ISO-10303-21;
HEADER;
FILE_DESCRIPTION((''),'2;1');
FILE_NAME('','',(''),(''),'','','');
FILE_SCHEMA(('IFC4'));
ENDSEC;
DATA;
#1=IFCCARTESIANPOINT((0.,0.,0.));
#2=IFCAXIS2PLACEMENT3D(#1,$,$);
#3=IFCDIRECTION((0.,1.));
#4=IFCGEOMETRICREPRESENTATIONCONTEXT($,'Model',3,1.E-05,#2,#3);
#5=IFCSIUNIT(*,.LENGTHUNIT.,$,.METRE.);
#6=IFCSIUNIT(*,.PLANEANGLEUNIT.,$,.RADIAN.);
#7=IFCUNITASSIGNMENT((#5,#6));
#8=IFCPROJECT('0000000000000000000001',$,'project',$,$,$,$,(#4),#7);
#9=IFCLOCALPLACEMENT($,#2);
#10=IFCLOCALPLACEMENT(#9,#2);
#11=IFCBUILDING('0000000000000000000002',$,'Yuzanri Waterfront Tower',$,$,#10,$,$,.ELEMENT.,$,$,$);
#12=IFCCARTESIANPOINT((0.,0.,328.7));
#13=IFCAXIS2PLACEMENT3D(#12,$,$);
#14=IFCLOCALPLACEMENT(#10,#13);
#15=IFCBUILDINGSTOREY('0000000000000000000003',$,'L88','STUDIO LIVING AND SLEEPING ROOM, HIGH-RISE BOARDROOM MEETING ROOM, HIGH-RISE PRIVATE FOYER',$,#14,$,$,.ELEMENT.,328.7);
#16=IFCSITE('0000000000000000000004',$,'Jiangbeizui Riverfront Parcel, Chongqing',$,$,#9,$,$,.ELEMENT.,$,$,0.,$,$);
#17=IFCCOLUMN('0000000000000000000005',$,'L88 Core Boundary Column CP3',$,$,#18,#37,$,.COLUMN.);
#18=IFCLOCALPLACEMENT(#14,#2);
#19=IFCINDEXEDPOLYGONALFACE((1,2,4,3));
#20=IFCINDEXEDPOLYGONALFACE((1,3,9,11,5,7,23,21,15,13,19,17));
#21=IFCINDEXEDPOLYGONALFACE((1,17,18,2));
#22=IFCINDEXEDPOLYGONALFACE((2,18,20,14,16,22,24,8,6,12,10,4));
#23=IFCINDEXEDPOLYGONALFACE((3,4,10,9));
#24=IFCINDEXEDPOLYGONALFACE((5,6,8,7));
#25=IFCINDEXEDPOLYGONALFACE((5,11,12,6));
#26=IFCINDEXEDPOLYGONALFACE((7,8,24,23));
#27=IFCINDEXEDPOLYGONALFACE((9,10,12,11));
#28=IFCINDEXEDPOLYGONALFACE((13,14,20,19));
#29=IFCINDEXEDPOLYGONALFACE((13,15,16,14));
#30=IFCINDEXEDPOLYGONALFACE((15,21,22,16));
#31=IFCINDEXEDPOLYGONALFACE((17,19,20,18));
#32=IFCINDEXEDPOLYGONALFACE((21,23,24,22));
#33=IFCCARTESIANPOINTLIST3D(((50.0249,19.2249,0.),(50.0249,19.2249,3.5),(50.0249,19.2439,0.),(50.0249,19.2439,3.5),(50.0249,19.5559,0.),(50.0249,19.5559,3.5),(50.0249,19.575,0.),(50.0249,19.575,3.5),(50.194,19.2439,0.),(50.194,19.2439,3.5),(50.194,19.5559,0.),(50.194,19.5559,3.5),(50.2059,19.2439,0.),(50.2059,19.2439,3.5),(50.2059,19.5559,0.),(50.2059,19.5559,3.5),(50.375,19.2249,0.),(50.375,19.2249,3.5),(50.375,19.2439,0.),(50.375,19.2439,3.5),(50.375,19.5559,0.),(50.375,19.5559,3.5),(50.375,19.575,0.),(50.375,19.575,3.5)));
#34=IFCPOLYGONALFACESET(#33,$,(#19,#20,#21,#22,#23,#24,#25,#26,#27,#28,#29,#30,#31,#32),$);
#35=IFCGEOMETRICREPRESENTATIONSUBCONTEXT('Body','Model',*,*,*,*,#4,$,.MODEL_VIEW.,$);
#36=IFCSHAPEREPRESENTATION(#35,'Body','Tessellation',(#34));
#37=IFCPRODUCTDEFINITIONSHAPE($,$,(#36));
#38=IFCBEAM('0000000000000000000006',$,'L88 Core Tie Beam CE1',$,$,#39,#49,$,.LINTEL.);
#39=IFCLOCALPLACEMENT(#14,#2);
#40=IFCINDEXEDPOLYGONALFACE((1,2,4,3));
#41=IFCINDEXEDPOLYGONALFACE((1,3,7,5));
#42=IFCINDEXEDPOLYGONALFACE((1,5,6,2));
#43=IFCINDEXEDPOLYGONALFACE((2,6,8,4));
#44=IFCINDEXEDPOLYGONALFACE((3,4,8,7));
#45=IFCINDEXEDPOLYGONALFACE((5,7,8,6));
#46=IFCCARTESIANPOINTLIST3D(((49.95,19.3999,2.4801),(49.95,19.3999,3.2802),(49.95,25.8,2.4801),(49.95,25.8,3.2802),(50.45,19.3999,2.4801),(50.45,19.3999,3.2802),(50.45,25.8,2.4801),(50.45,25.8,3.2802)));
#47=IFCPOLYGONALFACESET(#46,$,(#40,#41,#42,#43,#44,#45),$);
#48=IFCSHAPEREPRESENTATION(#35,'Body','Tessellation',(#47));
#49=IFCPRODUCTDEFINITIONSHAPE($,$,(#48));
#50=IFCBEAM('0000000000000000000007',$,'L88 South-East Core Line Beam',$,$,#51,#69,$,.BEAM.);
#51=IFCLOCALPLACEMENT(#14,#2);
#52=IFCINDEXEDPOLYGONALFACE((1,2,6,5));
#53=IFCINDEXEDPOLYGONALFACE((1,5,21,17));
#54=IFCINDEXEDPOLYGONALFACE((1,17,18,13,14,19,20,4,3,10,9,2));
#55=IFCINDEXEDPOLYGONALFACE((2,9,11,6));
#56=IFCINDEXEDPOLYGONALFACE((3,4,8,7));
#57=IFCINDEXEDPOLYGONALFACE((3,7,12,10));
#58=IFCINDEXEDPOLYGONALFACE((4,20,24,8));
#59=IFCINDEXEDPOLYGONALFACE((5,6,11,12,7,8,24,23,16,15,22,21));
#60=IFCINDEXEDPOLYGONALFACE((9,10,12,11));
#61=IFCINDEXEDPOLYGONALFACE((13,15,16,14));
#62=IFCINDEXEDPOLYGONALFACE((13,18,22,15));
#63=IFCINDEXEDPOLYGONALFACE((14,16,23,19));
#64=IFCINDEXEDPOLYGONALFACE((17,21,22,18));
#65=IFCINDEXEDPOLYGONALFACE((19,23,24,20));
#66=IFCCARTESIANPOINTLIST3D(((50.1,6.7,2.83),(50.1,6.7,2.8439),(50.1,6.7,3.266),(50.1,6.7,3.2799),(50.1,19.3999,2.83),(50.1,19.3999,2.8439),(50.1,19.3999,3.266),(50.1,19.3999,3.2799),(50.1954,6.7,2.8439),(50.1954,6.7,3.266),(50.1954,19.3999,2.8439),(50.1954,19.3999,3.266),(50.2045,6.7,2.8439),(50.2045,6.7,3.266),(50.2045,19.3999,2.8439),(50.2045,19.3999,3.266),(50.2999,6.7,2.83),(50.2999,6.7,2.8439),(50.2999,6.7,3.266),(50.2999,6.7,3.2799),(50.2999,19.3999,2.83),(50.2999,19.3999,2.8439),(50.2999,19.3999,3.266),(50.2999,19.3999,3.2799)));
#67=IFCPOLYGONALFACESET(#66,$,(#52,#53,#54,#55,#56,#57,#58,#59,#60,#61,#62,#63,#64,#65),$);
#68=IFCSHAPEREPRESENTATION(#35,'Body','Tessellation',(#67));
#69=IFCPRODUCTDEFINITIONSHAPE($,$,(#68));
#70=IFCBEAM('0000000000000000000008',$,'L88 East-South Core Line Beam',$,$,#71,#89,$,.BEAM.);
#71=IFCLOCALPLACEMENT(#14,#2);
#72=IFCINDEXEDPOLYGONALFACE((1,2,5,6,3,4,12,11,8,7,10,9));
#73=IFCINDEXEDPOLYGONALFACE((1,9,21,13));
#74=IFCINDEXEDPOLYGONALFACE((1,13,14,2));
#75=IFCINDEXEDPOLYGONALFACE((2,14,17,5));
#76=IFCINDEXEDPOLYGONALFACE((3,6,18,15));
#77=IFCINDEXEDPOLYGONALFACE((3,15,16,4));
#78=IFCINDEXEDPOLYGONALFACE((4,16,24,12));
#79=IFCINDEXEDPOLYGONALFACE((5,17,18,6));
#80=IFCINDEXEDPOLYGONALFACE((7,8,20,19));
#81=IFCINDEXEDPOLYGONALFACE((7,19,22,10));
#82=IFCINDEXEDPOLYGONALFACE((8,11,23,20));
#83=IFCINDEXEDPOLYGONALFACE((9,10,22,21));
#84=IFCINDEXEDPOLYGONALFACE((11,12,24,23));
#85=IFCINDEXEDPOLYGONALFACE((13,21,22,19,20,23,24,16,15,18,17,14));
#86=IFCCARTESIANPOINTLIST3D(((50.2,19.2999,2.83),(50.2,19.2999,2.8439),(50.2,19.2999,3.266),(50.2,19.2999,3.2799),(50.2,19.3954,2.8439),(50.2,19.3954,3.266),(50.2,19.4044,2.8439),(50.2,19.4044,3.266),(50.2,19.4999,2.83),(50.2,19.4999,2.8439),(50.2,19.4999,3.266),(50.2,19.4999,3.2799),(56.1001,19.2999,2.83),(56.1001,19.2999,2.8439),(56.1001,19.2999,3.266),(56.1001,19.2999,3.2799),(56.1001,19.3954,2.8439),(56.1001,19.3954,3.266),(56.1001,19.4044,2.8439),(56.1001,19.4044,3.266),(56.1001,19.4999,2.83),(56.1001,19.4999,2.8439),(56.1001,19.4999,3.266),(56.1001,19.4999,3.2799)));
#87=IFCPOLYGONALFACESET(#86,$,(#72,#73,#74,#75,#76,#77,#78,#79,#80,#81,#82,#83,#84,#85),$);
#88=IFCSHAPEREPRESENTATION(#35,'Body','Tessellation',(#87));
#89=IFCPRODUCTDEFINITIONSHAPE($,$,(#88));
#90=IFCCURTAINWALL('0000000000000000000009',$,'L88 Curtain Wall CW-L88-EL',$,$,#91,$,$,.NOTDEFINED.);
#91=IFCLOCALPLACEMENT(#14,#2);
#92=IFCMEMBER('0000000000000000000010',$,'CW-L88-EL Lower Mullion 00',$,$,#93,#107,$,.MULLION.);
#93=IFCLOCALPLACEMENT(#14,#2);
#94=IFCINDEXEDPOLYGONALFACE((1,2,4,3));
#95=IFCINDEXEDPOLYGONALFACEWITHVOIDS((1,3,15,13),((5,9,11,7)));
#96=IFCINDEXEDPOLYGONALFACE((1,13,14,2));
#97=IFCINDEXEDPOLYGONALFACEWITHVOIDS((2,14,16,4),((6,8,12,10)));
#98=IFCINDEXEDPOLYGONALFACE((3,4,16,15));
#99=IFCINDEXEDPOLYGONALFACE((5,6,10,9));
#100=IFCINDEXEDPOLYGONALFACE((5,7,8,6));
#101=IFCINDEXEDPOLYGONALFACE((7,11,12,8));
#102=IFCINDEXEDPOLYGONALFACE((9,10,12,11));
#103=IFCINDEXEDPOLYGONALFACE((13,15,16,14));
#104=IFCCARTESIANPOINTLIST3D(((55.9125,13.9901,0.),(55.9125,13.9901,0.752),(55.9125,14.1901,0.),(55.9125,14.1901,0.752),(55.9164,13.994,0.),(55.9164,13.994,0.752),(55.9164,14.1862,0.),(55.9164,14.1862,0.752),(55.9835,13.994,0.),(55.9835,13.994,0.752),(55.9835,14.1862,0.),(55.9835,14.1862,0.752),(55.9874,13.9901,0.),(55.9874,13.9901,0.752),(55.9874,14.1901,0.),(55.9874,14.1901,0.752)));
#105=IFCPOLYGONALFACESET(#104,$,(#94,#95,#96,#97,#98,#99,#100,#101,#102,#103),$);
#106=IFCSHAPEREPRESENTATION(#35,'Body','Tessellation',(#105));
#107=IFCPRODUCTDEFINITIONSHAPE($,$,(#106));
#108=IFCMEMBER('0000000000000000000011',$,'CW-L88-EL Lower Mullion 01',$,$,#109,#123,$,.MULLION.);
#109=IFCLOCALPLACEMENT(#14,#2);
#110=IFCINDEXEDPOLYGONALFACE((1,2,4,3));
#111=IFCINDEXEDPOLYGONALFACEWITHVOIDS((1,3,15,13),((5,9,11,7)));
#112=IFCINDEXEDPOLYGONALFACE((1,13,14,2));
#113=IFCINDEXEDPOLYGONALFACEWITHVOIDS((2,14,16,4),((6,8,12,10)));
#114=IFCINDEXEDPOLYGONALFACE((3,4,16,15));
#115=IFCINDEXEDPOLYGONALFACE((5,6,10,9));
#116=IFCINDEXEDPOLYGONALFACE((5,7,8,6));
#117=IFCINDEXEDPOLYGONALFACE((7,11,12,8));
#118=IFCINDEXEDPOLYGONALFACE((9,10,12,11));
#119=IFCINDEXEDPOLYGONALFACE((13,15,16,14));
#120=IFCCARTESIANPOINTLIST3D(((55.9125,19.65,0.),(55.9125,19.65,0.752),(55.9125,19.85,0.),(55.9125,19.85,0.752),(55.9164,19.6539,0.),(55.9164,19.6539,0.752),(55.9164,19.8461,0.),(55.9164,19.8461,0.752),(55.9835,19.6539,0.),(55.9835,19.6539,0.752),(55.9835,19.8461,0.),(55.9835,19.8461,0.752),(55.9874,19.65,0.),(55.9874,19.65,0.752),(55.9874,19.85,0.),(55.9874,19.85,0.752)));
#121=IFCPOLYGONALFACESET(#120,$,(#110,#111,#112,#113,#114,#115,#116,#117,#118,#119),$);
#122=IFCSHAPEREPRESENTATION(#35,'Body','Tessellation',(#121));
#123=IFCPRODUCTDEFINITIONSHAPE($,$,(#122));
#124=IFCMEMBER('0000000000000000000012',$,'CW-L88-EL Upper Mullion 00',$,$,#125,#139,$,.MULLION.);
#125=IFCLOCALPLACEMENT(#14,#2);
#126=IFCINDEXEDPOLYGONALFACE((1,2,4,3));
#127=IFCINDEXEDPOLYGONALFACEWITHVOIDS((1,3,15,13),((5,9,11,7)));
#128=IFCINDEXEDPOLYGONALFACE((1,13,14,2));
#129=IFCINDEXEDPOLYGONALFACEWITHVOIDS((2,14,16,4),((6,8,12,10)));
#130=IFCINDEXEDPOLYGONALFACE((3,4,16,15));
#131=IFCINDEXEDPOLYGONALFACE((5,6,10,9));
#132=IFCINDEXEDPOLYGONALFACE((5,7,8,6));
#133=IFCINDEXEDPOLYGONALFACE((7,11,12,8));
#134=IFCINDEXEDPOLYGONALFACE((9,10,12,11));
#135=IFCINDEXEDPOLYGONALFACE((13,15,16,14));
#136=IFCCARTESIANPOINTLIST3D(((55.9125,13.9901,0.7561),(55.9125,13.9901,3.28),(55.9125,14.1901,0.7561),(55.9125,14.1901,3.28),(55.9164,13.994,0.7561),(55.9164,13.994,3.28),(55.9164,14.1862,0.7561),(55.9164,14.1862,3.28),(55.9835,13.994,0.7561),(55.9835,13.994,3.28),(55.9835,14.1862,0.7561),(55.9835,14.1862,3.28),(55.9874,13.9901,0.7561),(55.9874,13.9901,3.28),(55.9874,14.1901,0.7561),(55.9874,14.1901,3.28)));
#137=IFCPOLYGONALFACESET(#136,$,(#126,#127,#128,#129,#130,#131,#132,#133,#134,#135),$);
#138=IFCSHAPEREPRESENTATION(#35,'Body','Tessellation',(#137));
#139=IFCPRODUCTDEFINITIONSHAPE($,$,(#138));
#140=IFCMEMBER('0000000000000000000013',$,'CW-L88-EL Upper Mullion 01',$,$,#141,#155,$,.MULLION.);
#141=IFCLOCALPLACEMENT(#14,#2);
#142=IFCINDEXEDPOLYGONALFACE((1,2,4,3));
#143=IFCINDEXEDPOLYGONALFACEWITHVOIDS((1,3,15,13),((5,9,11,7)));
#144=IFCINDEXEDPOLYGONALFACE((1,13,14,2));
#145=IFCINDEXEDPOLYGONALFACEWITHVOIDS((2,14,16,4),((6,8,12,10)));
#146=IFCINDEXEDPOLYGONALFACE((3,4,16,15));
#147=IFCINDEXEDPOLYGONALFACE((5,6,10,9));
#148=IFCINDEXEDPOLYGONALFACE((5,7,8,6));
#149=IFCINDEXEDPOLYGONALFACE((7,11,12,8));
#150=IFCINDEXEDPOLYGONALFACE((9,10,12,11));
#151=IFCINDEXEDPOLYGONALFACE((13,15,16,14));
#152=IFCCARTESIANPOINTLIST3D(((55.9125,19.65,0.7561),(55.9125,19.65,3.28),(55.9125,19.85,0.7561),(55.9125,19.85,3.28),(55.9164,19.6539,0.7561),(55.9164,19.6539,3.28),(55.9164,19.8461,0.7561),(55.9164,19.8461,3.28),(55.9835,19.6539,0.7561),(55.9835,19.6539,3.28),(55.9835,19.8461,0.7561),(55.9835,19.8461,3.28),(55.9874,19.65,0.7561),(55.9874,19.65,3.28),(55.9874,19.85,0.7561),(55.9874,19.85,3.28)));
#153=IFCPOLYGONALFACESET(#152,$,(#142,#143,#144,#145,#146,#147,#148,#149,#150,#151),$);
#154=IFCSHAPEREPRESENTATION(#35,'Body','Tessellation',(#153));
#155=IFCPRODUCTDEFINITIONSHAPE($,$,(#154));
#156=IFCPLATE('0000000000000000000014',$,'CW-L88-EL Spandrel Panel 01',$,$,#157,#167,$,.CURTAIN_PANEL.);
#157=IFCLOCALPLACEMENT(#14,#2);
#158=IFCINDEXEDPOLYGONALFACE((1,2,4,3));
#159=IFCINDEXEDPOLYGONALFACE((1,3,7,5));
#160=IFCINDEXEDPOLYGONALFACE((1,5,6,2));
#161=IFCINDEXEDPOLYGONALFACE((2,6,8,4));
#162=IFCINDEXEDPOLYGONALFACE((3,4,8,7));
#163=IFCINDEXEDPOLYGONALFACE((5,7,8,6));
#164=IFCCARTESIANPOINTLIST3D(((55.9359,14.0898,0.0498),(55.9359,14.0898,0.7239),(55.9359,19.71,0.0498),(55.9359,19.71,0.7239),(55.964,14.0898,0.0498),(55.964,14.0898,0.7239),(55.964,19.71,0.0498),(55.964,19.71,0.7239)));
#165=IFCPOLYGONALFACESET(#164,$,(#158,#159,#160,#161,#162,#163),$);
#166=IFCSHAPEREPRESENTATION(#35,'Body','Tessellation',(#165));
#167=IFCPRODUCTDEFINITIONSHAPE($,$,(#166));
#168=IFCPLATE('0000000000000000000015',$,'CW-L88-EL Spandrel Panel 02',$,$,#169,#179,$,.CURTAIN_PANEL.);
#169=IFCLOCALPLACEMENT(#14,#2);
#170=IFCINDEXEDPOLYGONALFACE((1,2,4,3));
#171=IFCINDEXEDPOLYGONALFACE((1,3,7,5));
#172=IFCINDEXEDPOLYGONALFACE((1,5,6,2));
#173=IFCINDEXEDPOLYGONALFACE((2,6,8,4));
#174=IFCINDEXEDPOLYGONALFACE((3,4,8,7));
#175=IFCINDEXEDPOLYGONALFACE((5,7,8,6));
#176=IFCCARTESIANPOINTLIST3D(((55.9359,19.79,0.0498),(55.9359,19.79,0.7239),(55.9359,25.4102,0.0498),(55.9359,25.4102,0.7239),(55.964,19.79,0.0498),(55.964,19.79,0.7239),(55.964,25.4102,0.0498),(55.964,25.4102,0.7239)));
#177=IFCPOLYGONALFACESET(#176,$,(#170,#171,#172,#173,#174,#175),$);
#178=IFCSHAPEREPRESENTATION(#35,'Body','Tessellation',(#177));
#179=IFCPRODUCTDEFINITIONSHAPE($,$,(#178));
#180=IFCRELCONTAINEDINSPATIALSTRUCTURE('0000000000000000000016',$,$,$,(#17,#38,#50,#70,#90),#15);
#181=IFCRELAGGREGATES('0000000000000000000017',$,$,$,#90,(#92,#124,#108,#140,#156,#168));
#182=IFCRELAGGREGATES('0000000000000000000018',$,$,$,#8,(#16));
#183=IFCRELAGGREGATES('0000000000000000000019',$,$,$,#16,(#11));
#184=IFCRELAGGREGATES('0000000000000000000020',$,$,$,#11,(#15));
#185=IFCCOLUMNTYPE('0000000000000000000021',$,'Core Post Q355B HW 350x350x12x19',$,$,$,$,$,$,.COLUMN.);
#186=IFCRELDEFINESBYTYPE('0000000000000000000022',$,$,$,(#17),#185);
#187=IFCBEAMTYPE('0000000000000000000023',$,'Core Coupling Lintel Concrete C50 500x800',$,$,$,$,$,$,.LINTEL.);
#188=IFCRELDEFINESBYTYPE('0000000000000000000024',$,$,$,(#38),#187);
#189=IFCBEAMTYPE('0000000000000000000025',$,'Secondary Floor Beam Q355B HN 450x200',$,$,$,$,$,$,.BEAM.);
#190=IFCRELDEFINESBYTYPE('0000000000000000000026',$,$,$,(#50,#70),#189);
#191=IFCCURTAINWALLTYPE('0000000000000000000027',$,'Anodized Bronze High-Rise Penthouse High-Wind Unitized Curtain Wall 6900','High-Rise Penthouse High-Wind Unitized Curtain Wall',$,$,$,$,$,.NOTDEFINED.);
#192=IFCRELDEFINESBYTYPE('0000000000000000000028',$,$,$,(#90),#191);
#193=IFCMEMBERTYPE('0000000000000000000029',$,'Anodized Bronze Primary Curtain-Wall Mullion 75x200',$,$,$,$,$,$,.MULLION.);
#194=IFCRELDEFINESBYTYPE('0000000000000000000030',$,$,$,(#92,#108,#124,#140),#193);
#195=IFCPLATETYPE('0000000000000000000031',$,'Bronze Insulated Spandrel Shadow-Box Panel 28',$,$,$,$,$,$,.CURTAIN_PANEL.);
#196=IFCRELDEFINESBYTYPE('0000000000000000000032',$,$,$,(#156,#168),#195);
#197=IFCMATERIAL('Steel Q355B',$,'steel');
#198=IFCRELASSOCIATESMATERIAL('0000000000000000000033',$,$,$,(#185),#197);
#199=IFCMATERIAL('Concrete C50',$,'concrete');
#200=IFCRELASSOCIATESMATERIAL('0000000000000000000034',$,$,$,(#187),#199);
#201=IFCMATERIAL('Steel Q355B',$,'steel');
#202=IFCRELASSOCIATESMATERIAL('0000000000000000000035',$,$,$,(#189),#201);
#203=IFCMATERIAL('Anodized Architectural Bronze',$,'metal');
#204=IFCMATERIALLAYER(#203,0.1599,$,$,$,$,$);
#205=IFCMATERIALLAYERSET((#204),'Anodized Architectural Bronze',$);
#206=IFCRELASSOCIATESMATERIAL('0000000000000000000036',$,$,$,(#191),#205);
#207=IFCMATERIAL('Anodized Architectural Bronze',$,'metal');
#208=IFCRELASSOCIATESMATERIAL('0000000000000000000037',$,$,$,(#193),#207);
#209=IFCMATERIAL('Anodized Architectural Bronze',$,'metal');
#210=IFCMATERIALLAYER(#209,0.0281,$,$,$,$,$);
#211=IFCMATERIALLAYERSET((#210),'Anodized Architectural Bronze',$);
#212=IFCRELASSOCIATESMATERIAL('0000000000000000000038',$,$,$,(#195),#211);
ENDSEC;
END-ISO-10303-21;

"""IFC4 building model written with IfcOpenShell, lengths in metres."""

from ifc_helpers import new_model, si_unit, direction, frame, origin, origin_2d, place, context, subcontext, project, spatial, rectangle, hollow_rectangle, i_section, extrude, source, transform, mapped, material, layer, layer_set, material_profile, profile_set, type_object, element, aggregate, save


model = new_model("IFC4")

# Units and contexts
model_context = context("Model", 3, precision=1e-05, world=origin(), true_north=direction((0.0, 1.0)))
body_context = subcontext(model_context, "Body", "Model", "MODEL_VIEW")
ifc_project = project(units=[si_unit("LENGTHUNIT", "METRE"), si_unit("PLANEANGLEUNIT", "RADIAN")], contexts=[model_context])

# Site, building, storey
site_placement = place(None, origin())
site = spatial("IfcSite", under=ifc_project, at=site_placement, Name="Jiangbeizui Riverfront Parcel, Chongqing", CompositionType="ELEMENT", RefElevation=0.0)
building_placement = place(site_placement, origin())
building = spatial("IfcBuilding", under=site, at=building_placement, Name="Yuzanri Waterfront Tower", CompositionType="ELEMENT")
storey_placement = place(building_placement, frame((0.0, 0.0, 328.7)))
storey = spatial("IfcBuildingStorey", under=building, at=storey_placement, Name="L88", Description="STUDIO LIVING AND SLEEPING ROOM, HIGH-RISE BOARDROOM MEETING ROOM, HIGH-RISE PRIVATE FOYER", CompositionType="ELEMENT", Elevation=328.7)

# Column
ifc_material_1 = material(Name="Steel Q355B", Category="steel")
ifc_material_profile_1 = material_profile(ifc_material_1, i_section(OverallWidth=0.3501, OverallDepth=0.3501, WebThickness=0.012, FlangeThickness=0.019, at=origin_2d()), Name="HW 350x350x12x19")
ifc_profile_set_1 = profile_set([ifc_material_profile_1], Name="Steel Q355B")
column_type = type_object("IfcColumnType", Name="Core Post Q355B HW 350x350x12x19", PredefinedType="COLUMN", material=ifc_profile_set_1)
shared_shape_1 = source(origin(), body_context, "Body", "SweptSolid", [
    extrude(i_section(OverallWidth=0.3501, OverallDepth=0.3501, WebThickness=0.012, FlangeThickness=0.019, at=origin_2d()), origin(), (0.0, 0.0, 1.0), 3.5),
])
column_placement = place(storey_placement, frame((50.2, 19.3999, 0.0), z_axis=(0.0, 0.0, 1.0), x_axis=(1.0, 0.0, 0.0)))
element("IfcColumn", 1, at=column_placement, inside=storey, type_object=column_type, Name="L88 Core Boundary Column CP3", PredefinedType="COLUMN", context=body_context, shape_type="MappedRepresentation", body=[
    mapped(shared_shape_1, transform((0.0, 0.0, 0.0), scale=1.0)),
])

# Beams
ifc_material_2 = material(Name="Concrete C50", Category="concrete")
ifc_material_profile_2 = material_profile(ifc_material_2, rectangle(XDim=0.5, YDim=0.8, at=origin_2d()), Name="RC 500x800")
ifc_profile_set_2 = profile_set([ifc_material_profile_2], Name="Concrete C50")
beam_type_1 = type_object("IfcBeamType", Name="Core Coupling Lintel Concrete C50 500x800", PredefinedType="LINTEL", material=ifc_profile_set_2)
shared_shape_2 = source(origin(), body_context, "Body", "SweptSolid", [
    extrude(rectangle(XDim=0.5, YDim=0.8, at=origin_2d()), origin(), (0.0, 0.0, 1.0), 6.4001),
])
beam_1_placement = place(storey_placement, frame((50.2, 19.3999, 2.8801), z_axis=(0.0, 1.0, 0.0), x_axis=(-1.0, 0.0, 0.0)))
element("IfcBeam", 2, at=beam_1_placement, inside=storey, type_object=beam_type_1, Name="L88 Core Tie Beam CE1", PredefinedType="LINTEL", context=body_context, shape_type="MappedRepresentation", body=[
    mapped(shared_shape_2, transform((0.0, 0.0, 0.0), scale=1.0)),
])
ifc_material_3 = material(Name="Steel Q355B", Category="steel")
ifc_material_profile_3 = material_profile(ifc_material_3, i_section(OverallWidth=0.2, OverallDepth=0.45, WebThickness=0.009, FlangeThickness=0.0139, at=origin_2d()), Name="HN 450x200x9x14")
ifc_profile_set_3 = profile_set([ifc_material_profile_3], Name="Steel Q355B")
beam_type_2 = type_object("IfcBeamType", Name="Secondary Floor Beam Q355B HN 450x200", PredefinedType="BEAM", material=ifc_profile_set_3)
shared_shape_3 = source(origin(), body_context, "Body", "SweptSolid", [
    extrude(i_section(OverallWidth=0.2, OverallDepth=0.45, WebThickness=0.009, FlangeThickness=0.0139, at=origin_2d()), origin(), (0.0, 0.0, 1.0), 12.7),
])
beam_2_placement = place(storey_placement, frame((50.2, 19.3999, 3.0549), z_axis=(0.0, -1.0, 0.0), x_axis=(1.0, 0.0, 0.0)))
element("IfcBeam", 3, at=beam_2_placement, inside=storey, type_object=beam_type_2, Name="L88 South-East Core Line Beam", PredefinedType="BEAM", context=body_context, shape_type="MappedRepresentation", body=[
    mapped(shared_shape_3, transform((0.0, 0.0, 0.0), scale=1.0)),
])
shared_shape_4 = source(origin(), body_context, "Body", "SweptSolid", [
    extrude(i_section(OverallWidth=0.2, OverallDepth=0.45, WebThickness=0.009, FlangeThickness=0.0139, at=origin_2d()), origin(), (0.0, 0.0, 1.0), 5.9001),
])
beam_3_placement = place(storey_placement, frame((50.2, 19.3999, 3.0549), z_axis=(1.0, 0.0, 0.0), x_axis=(0.0, 1.0, 0.0)))
element("IfcBeam", 4, at=beam_3_placement, inside=storey, type_object=beam_type_2, Name="L88 East-South Core Line Beam", PredefinedType="BEAM", context=body_context, shape_type="MappedRepresentation", body=[
    mapped(shared_shape_4, transform((0.0, 0.0, 0.0), scale=1.0)),
])

# Curtain wall, members, plates
ifc_material_4 = material(Name="Anodized Architectural Bronze", Category="metal")
ifc_layer_1 = layer(ifc_material_4, 0.1599)
ifc_layer_set_1 = layer_set([ifc_layer_1], Name="Anodized Architectural Bronze")
curtain_wall_type = type_object("IfcCurtainWallType", Name="Anodized Bronze High-Rise Penthouse High-Wind Unitized Curtain Wall 6900", Description="High-Rise Penthouse High-Wind Unitized Curtain Wall", PredefinedType="NOTDEFINED", material=ifc_layer_set_1)
curtain_wall_placement = place(storey_placement, origin())
curtain_wall = element("IfcCurtainWall", 5, at=curtain_wall_placement, inside=storey, type_object=curtain_wall_type, Name="L88 Curtain Wall CW-L88-EL", PredefinedType="NOTDEFINED")
ifc_material_5 = material(Name="Anodized Architectural Bronze", Category="metal")
ifc_material_profile_4 = material_profile(ifc_material_5, hollow_rectangle(XDim=0.075, YDim=0.2, WallThickness=0.0039, at=origin_2d()), Name="CWM 75x200")
ifc_profile_set_4 = profile_set([ifc_material_profile_4], Name="Anodized Architectural Bronze")
member_type = type_object("IfcMemberType", Name="Anodized Bronze Primary Curtain-Wall Mullion 75x200", PredefinedType="MULLION", material=ifc_profile_set_4)
shared_shape_5 = source(origin(), body_context, "Body", "SweptSolid", [
    extrude(hollow_rectangle(XDim=0.075, YDim=0.2, WallThickness=0.0039, at=origin_2d()), origin(), (0.0, 0.0, 1.0), 0.752),
])
member_1_placement = place(storey_placement, frame((55.95, 14.0901, 0.0), z_axis=(0.0, 0.0, 1.0), x_axis=(1.0, 0.0, 0.0)))
member_1 = element("IfcMember", 6, at=member_1_placement, type_object=member_type, Name="CW-L88-EL Lower Mullion 00", PredefinedType="MULLION", context=body_context, shape_type="MappedRepresentation", body=[
    mapped(shared_shape_5, transform((0.0, 0.0, 0.0), scale=1.0)),
])
member_2_placement = place(storey_placement, frame((55.95, 19.75, 0.0), z_axis=(0.0, 0.0, 1.0), x_axis=(1.0, 0.0, 0.0)))
member_2 = element("IfcMember", 7, at=member_2_placement, type_object=member_type, Name="CW-L88-EL Lower Mullion 01", PredefinedType="MULLION", context=body_context, shape_type="MappedRepresentation", body=[
    mapped(shared_shape_5, transform((0.0, 0.0, 0.0), scale=1.0)),
])
shared_shape_6 = source(origin(), body_context, "Body", "SweptSolid", [
    extrude(hollow_rectangle(XDim=0.075, YDim=0.2, WallThickness=0.0039, at=origin_2d()), origin(), (0.0, 0.0, 1.0), 2.5239),
])
member_3_placement = place(storey_placement, frame((55.95, 14.0901, 0.7561), z_axis=(0.0, 0.0, 1.0), x_axis=(1.0, 0.0, 0.0)))
member_3 = element("IfcMember", 8, at=member_3_placement, type_object=member_type, Name="CW-L88-EL Upper Mullion 00", PredefinedType="MULLION", context=body_context, shape_type="MappedRepresentation", body=[
    mapped(shared_shape_6, transform((0.0, 0.0, 0.0), scale=1.0)),
])
member_4_placement = place(storey_placement, frame((55.95, 19.75, 0.7561), z_axis=(0.0, 0.0, 1.0), x_axis=(1.0, 0.0, 0.0)))
member_4 = element("IfcMember", 9, at=member_4_placement, type_object=member_type, Name="CW-L88-EL Upper Mullion 01", PredefinedType="MULLION", context=body_context, shape_type="MappedRepresentation", body=[
    mapped(shared_shape_6, transform((0.0, 0.0, 0.0), scale=1.0)),
])
ifc_material_6 = material(Name="Anodized Architectural Bronze", Category="metal")
ifc_layer_2 = layer(ifc_material_6, 0.0281)
ifc_layer_set_2 = layer_set([ifc_layer_2], Name="Anodized Architectural Bronze")
plate_type_1 = type_object("IfcPlateType", Name="Bronze Insulated Spandrel Shadow-Box Panel 28", PredefinedType="CURTAIN_PANEL", material=ifc_layer_set_2)
shared_shape_7 = source(origin(), body_context, "Body", "SweptSolid", [
    extrude(rectangle(XDim=5.6201, YDim=0.0281, at=origin_2d()), origin(), (0.0, 0.0, 1.0), 0.6741),
])
plate_1_placement = place(storey_placement, frame((55.95, 16.8999, 0.0498), z_axis=(0.0, 0.0, 1.0), x_axis=(0.0, 1.0, 0.0)))
plate_1 = element("IfcPlate", 10, at=plate_1_placement, type_object=plate_type_1, Name="CW-L88-EL Spandrel Panel 01", PredefinedType="CURTAIN_PANEL", context=body_context, shape_type="MappedRepresentation", body=[
    mapped(shared_shape_7, transform((0.0, 0.0, 0.0), scale=1.0)),
])
plate_2_placement = place(storey_placement, frame((55.95, 22.6001, 0.0498), z_axis=(0.0, 0.0, 1.0), x_axis=(0.0, 1.0, 0.0)))
plate_2 = element("IfcPlate", 11, at=plate_2_placement, type_object=plate_type_1, Name="CW-L88-EL Spandrel Panel 02", PredefinedType="CURTAIN_PANEL", context=body_context, shape_type="MappedRepresentation", body=[
    mapped(shared_shape_7, transform((0.0, 0.0, 0.0), scale=1.0)),
])
aggregate(curtain_wall, [member_1, member_3, member_2, member_4, plate_1, plate_2])

save(model, "model.ifc")
